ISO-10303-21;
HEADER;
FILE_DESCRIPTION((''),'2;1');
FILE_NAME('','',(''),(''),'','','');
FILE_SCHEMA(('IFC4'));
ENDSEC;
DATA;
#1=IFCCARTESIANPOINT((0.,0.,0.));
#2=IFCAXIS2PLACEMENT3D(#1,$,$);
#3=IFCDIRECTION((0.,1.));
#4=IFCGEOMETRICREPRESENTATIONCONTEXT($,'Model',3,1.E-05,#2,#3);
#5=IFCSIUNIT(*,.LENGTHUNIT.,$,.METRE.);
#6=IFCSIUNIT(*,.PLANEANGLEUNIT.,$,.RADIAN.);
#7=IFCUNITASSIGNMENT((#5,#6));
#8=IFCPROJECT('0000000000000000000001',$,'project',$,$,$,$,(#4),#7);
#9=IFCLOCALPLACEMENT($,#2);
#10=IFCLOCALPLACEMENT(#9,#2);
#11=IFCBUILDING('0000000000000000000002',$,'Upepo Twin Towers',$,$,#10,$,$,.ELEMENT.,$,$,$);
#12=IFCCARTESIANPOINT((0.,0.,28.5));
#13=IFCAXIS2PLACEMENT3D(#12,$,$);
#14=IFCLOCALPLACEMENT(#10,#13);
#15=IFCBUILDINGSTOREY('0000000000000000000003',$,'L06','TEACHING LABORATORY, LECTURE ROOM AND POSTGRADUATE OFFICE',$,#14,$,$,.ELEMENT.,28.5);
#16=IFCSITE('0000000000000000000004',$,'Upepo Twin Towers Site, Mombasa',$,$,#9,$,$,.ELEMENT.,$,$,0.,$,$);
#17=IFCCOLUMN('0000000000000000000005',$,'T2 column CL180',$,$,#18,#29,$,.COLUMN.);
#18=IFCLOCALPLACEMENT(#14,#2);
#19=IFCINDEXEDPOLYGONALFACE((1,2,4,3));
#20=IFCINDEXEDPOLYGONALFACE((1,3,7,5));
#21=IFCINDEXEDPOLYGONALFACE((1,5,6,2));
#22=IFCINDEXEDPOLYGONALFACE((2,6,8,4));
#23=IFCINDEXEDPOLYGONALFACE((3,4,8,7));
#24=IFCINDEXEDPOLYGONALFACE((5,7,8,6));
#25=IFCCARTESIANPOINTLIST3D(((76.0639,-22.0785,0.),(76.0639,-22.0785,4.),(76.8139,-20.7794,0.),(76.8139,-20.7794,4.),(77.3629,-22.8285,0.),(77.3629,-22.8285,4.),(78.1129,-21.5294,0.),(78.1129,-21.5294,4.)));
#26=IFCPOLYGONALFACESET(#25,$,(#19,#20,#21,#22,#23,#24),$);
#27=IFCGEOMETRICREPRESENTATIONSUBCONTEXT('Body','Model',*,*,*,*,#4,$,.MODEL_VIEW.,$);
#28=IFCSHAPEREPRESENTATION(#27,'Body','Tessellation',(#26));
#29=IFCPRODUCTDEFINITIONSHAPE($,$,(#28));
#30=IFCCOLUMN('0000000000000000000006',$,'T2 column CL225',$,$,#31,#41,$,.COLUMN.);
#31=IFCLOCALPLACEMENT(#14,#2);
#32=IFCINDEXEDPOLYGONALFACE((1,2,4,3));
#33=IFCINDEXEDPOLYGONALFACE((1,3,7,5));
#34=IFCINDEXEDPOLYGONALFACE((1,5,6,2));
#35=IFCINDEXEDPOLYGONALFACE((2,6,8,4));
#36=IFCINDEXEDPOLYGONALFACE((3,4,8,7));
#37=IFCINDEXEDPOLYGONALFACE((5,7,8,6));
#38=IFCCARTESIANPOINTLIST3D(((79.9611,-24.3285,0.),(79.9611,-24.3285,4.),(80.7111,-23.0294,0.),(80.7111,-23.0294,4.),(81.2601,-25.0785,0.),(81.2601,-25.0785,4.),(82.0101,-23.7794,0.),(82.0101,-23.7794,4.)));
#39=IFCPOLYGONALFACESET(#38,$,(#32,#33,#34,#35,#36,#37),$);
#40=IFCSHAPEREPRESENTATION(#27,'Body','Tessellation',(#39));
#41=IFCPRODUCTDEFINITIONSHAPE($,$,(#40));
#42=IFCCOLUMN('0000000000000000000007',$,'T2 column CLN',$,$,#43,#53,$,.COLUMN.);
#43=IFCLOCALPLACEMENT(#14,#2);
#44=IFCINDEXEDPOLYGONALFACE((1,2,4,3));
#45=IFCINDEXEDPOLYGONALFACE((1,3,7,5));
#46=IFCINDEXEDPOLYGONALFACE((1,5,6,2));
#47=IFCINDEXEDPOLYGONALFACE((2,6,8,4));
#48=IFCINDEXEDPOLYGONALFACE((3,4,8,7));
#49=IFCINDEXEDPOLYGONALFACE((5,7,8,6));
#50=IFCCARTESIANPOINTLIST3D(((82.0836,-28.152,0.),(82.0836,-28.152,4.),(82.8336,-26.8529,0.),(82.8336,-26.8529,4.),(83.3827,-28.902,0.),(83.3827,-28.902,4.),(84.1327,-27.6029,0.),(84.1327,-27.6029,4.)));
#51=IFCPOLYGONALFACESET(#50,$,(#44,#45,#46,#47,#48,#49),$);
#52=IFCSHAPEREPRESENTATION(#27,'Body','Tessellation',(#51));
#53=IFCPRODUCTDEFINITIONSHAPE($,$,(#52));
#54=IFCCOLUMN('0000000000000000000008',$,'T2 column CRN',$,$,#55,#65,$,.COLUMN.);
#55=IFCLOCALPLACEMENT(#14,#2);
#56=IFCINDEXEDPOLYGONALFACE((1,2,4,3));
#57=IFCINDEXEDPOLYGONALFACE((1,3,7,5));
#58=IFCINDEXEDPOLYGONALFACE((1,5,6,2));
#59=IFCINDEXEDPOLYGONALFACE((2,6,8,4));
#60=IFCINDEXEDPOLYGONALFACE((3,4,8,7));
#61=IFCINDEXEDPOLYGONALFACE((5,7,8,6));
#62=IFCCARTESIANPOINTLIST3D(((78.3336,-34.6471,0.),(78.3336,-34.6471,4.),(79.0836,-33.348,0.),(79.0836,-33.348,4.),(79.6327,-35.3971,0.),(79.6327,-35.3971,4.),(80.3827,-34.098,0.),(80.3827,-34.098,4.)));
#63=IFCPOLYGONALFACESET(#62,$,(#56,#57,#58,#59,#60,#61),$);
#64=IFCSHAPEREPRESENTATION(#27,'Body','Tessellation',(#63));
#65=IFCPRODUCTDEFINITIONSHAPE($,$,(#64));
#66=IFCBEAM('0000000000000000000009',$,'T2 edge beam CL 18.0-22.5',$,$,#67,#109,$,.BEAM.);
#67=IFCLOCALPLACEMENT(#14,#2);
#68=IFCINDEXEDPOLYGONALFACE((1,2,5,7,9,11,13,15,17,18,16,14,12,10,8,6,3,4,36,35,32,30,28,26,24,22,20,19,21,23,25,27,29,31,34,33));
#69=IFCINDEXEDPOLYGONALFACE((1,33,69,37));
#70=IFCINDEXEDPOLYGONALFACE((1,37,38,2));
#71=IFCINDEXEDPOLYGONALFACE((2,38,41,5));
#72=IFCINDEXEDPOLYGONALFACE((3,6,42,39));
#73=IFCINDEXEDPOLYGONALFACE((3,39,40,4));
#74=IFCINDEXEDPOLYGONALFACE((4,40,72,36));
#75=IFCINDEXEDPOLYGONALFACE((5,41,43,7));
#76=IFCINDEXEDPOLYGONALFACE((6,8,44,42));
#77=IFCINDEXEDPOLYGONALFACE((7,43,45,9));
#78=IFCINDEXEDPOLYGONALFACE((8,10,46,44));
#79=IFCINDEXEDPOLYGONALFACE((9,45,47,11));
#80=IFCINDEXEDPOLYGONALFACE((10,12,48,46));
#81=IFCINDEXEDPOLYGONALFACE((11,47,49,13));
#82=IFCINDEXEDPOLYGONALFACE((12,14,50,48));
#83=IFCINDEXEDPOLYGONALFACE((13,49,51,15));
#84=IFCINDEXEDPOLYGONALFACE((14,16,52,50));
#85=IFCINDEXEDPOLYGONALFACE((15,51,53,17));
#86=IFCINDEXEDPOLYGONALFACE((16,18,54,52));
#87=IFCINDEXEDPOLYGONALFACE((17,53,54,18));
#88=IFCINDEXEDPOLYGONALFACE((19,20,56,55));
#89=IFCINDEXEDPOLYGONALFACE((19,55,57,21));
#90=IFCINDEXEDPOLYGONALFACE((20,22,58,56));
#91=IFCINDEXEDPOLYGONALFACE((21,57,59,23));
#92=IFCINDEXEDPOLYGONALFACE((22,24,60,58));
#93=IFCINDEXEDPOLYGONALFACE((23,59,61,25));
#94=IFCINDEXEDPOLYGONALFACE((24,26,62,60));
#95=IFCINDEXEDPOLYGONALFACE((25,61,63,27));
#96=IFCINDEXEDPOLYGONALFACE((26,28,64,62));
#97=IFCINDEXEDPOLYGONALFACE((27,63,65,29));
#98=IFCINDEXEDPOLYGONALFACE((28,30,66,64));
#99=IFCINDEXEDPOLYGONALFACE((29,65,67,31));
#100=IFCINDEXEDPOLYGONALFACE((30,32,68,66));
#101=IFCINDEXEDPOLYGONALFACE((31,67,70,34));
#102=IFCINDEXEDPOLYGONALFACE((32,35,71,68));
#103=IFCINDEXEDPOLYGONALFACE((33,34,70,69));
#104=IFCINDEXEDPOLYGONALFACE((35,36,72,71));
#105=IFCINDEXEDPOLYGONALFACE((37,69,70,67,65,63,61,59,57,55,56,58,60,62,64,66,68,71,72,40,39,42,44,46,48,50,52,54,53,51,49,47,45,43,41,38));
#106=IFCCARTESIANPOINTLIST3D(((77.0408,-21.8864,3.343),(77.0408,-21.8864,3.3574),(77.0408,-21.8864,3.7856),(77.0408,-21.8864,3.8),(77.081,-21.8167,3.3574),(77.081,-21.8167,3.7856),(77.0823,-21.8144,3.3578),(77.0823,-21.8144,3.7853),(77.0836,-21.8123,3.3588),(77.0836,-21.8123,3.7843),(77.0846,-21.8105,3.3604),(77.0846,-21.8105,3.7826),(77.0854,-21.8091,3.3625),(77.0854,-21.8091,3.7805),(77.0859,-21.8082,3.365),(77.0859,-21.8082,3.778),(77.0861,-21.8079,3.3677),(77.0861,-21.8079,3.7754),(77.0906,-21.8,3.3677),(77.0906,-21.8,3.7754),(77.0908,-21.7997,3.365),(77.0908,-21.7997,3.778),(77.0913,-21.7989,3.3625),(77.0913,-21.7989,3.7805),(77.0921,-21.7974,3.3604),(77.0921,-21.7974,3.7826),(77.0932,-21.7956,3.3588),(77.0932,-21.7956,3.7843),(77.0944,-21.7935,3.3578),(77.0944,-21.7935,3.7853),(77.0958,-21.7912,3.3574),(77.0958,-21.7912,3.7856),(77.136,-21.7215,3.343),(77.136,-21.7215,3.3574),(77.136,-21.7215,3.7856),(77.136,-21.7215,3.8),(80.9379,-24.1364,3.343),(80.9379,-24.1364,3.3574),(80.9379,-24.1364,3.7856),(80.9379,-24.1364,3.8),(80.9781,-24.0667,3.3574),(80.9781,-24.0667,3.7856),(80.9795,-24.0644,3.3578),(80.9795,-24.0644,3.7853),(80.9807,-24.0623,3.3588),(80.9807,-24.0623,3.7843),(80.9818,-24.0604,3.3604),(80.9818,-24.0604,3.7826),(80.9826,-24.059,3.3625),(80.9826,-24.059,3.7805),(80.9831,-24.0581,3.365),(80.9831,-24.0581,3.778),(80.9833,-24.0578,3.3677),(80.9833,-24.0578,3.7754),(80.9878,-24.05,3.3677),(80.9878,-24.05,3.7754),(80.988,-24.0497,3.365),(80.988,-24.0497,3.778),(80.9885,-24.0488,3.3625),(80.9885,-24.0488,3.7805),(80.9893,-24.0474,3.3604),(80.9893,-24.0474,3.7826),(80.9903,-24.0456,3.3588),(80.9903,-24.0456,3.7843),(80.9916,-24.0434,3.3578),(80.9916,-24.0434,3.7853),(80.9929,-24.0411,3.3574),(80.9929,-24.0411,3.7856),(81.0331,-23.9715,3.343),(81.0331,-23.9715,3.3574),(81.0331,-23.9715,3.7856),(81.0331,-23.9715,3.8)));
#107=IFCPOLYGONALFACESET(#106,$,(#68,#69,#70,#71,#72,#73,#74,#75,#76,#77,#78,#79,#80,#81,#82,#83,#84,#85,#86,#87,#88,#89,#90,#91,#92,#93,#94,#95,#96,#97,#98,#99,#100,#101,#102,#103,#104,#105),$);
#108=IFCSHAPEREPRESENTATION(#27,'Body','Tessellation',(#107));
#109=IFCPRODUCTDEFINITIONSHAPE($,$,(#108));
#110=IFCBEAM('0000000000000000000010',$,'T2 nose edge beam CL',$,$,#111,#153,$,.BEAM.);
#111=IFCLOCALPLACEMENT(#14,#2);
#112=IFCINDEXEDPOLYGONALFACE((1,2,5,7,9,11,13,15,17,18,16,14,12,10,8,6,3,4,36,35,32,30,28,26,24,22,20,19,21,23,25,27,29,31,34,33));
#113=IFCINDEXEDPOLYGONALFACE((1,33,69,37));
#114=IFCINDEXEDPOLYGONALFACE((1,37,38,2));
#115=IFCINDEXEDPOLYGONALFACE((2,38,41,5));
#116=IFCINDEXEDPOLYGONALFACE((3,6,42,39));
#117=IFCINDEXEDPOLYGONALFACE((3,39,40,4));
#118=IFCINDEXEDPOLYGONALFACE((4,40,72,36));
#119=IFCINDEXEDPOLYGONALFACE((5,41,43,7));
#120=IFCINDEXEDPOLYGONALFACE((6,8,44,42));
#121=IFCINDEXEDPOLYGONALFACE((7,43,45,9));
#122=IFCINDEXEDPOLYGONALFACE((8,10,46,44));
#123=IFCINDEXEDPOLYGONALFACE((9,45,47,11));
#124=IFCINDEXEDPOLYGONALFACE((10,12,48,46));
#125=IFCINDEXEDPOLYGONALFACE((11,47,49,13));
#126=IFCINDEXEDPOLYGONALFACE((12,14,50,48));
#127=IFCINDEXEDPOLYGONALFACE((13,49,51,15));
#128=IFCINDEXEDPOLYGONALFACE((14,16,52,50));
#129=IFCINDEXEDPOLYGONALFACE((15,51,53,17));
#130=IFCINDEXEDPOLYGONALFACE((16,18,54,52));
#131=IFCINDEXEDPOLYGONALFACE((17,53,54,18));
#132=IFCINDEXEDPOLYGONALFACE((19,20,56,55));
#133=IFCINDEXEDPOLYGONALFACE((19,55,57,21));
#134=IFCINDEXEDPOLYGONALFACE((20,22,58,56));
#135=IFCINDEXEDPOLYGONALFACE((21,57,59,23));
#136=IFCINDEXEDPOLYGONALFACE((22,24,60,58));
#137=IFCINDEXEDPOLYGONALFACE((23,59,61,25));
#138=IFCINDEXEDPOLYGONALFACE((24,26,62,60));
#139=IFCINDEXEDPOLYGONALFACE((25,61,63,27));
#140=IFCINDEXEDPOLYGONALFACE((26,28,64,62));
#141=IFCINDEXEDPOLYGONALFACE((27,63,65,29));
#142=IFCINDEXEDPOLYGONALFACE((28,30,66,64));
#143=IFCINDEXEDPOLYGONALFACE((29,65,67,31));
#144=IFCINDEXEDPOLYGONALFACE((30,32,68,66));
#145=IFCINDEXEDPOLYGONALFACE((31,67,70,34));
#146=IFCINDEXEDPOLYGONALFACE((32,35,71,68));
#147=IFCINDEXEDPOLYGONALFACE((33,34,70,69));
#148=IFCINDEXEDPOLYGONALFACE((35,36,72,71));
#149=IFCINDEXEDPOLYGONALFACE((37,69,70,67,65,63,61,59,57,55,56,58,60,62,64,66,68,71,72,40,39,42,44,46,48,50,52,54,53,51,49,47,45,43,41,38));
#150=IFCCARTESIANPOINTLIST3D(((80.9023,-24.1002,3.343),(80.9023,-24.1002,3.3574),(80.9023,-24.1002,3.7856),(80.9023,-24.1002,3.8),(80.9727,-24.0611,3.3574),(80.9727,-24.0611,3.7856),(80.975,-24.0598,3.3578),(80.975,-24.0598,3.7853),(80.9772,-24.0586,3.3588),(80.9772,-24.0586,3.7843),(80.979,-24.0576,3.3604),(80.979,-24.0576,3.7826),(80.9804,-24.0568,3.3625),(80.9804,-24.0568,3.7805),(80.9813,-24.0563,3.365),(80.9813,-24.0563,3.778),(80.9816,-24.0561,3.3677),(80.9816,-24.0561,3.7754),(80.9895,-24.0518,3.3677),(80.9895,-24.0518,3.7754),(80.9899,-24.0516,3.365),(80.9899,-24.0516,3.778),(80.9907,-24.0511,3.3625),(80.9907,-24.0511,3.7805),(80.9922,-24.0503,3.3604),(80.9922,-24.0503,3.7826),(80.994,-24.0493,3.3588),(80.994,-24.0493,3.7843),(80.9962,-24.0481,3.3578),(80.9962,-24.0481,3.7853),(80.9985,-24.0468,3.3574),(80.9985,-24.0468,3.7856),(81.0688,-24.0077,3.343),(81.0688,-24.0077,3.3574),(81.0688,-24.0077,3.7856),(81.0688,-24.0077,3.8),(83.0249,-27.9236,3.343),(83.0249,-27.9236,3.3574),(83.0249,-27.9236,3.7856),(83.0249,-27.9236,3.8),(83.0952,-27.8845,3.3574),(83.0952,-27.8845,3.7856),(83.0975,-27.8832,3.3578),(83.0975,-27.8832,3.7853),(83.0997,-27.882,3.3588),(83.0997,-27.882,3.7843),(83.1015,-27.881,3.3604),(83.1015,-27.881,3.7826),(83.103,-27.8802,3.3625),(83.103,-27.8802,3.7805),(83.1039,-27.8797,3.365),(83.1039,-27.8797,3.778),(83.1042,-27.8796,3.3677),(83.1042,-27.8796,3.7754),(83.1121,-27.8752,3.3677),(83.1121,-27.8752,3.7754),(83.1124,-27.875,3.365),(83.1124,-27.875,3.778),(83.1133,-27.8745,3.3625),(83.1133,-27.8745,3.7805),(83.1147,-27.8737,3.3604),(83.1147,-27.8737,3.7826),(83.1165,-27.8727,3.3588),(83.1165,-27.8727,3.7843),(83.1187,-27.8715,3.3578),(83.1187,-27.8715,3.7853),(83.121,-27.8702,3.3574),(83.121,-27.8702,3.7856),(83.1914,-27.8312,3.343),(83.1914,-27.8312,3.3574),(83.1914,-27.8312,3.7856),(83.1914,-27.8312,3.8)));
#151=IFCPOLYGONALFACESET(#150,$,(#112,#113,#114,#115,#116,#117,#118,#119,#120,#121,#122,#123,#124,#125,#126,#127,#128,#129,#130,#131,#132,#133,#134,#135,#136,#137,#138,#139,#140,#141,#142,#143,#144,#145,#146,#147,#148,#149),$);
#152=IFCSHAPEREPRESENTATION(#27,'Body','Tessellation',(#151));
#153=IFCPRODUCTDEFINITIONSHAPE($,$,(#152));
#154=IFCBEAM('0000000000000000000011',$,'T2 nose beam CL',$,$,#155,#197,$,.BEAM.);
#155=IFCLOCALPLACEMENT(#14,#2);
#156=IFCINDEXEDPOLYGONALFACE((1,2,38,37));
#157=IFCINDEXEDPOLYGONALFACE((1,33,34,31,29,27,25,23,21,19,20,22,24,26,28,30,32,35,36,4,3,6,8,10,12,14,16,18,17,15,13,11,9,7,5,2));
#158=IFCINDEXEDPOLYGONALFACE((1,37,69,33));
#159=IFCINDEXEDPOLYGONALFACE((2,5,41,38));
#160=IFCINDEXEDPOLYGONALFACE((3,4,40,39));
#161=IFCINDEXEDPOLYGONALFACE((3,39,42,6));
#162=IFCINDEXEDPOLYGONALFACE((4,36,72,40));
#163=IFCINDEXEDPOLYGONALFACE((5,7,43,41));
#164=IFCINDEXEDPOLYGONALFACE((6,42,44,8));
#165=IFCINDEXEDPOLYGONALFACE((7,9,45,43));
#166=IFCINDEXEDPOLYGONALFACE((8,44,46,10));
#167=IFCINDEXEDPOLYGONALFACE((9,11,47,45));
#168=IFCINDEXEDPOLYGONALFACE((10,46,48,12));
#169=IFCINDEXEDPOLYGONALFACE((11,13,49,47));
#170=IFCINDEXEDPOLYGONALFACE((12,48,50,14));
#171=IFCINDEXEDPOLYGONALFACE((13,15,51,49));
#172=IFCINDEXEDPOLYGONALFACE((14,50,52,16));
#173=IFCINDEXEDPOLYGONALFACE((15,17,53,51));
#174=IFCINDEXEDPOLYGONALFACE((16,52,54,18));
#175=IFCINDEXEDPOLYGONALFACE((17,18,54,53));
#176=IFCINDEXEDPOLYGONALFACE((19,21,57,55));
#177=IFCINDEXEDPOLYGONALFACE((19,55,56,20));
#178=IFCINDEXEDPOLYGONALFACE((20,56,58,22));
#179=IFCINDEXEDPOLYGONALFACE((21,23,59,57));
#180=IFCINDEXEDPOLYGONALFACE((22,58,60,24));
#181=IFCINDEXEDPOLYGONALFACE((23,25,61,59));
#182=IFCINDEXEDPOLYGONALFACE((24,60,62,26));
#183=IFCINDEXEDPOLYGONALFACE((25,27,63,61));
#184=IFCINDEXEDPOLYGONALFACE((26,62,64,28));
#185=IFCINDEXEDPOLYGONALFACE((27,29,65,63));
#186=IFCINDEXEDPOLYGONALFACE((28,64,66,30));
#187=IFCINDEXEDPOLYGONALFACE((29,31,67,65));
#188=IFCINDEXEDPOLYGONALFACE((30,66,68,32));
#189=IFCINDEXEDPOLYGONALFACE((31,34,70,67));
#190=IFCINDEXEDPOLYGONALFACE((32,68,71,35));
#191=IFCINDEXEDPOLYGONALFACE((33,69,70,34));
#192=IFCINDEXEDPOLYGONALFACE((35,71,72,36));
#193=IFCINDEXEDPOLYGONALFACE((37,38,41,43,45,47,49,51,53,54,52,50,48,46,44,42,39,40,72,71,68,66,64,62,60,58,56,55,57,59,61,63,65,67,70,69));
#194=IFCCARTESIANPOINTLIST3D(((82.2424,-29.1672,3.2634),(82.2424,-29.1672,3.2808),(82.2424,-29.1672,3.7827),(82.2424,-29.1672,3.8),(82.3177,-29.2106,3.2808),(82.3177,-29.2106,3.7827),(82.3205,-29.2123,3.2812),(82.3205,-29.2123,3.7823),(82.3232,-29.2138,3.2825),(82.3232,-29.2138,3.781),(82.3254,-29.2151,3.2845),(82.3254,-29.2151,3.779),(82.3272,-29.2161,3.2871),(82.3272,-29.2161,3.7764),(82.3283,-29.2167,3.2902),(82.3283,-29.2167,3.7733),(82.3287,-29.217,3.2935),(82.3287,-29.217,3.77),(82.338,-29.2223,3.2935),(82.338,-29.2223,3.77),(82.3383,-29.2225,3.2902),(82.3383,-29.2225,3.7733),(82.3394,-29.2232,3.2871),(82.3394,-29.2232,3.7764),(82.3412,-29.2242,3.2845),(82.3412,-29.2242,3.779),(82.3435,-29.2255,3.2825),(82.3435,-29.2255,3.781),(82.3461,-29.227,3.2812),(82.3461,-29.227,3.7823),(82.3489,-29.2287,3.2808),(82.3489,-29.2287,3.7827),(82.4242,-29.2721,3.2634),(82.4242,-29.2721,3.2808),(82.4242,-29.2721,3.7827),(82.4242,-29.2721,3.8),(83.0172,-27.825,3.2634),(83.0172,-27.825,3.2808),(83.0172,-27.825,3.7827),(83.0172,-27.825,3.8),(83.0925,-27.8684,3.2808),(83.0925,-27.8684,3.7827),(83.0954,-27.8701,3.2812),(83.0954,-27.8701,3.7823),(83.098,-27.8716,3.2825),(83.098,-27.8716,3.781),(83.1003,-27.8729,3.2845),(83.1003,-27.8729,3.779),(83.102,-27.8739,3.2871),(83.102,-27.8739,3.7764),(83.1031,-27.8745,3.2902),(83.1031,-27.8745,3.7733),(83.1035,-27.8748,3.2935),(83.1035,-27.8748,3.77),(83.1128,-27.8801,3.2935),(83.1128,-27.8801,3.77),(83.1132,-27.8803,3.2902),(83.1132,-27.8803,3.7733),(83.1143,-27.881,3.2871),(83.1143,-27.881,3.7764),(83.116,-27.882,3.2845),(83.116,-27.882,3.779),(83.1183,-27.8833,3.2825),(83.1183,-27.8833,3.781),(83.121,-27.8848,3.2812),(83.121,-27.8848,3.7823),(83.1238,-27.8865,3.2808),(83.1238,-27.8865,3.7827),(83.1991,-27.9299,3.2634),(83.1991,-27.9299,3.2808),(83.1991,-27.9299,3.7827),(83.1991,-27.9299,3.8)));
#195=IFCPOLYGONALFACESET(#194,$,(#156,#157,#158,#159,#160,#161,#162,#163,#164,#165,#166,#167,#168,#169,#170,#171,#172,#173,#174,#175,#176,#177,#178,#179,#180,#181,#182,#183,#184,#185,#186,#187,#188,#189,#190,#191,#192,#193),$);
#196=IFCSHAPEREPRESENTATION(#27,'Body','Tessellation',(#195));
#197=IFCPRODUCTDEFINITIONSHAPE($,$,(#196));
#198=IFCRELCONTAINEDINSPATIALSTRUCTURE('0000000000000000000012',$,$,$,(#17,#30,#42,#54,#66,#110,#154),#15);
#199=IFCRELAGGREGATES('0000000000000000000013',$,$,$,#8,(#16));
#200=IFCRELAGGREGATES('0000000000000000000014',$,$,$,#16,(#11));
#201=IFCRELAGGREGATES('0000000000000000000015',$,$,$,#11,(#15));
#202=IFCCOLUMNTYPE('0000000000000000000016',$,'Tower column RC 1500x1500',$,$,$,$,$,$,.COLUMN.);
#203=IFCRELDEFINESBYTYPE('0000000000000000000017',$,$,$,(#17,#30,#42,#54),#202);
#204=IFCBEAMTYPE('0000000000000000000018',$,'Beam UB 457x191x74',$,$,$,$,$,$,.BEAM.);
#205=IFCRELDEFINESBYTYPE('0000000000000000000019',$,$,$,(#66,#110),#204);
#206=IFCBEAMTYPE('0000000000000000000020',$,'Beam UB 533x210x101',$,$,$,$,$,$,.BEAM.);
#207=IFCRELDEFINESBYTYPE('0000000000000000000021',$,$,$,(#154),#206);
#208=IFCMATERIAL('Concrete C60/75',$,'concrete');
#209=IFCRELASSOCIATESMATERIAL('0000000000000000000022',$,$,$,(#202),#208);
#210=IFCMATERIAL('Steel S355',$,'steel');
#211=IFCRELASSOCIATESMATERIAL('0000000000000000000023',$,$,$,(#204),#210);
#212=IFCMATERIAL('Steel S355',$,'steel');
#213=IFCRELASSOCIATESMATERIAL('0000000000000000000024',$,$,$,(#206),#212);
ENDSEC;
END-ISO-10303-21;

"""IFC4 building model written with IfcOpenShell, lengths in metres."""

from ifc_helpers import new_model, si_unit, direction, frame, origin, origin_2d, place, context, subcontext, project, spatial, rectangle, i_section, extrude, material, material_profile, profile_set, type_object, element, save


model = new_model("IFC4")

# Units and contexts
model_context = context("Model", 3, precision=1e-05, world=origin(), true_north=direction((0.0, 1.0)))
body_context = subcontext(model_context, "Body", "Model", "MODEL_VIEW")
ifc_project = project(units=[si_unit("LENGTHUNIT", "METRE"), si_unit("PLANEANGLEUNIT", "RADIAN")], contexts=[model_context])

# Site, building, storey
site_placement = place(None, origin())
site = spatial("IfcSite", under=ifc_project, at=site_placement, Name="Upepo Twin Towers Site, Mombasa", CompositionType="ELEMENT", RefElevation=0.0)
building_placement = place(site_placement, origin())
building = spatial("IfcBuilding", under=site, at=building_placement, Name="Upepo Twin Towers", CompositionType="ELEMENT")
storey_placement = place(building_placement, frame((0.0, 0.0, 28.5)))
storey = spatial("IfcBuildingStorey", under=building, at=storey_placement, Name="L06", Description="TEACHING LABORATORY, LECTURE ROOM AND POSTGRADUATE OFFICE", CompositionType="ELEMENT", Elevation=28.5)

# Columns
ifc_material_1 = material(Name="Concrete C60/75", Category="concrete")
ifc_material_profile_1 = material_profile(ifc_material_1, rectangle(XDim=1.5, YDim=1.5, at=origin_2d()), Name="RC 1500x1500")
ifc_profile_set_1 = profile_set([ifc_material_profile_1], Name="Concrete C60/75")
column_type = type_object("IfcColumnType", Name="Tower column RC 1500x1500", PredefinedType="COLUMN", material=ifc_profile_set_1)
for number, where, z_axis, x_axis, name in (
    (1, (77.0884, -21.804, 0.0), (0.0, 0.0, 1.0), (0.5, 0.866025, 0.0), "T2 column CL180"),
    (2, (80.9856, -24.054, 0.0), (0.0, 0.0, 1.0), (0.5, 0.866025, 0.0), "T2 column CL225"),
    (3, (83.1082, -27.8774, 0.0), (0.0, 0.0, 1.0), (0.5, 0.866025, 0.0), "T2 column CLN"),
    (4, (79.3582, -34.3726, 0.0), (0.0, 0.0, 1.0), (0.5, 0.866025, 0.0), "T2 column CRN"),
):
    element("IfcColumn", number, at=place(storey_placement, frame(where, z_axis=z_axis, x_axis=x_axis)), inside=storey, type_object=column_type, Name=name, PredefinedType="COLUMN", context=body_context, shape_type="SweptSolid", body=[
        extrude(rectangle(XDim=1.5, YDim=1.5, at=origin_2d()), origin(), (0.0, 0.0, 1.0), 4.0),
    ])

# Beams
ifc_material_2 = material(Name="Steel S355", Category="steel")
ifc_material_profile_2 = material_profile(ifc_material_2, i_section(OverallWidth=0.1904, OverallDepth=0.457, WebThickness=0.009, FlangeThickness=0.0144, FilletRadius=0.0103, at=origin_2d()), Name="UB 457x191x74")
ifc_profile_set_2 = profile_set([ifc_material_profile_2], Name="Steel S355")
beam_type_1 = type_object("IfcBeamType", Name="Beam UB 457x191x74", PredefinedType="BEAM", material=ifc_profile_set_2)
beam_1_placement = place(storey_placement, frame((77.0884, -21.804, 3.5715), z_axis=(0.866031, -0.49999, 0.0), x_axis=(0.49999, 0.866031, 0.0)))
element("IfcBeam", 5, at=beam_1_placement, inside=storey, type_object=beam_type_1, Name="T2 edge beam CL 18.0-22.5", PredefinedType="BEAM", context=body_context, shape_type="SweptSolid", body=[
    extrude(i_section(OverallWidth=0.1904, OverallDepth=0.457, WebThickness=0.009, FlangeThickness=0.0144, FilletRadius=0.0103, at=origin_2d()), origin(), (0.0, 0.0, 1.0), 4.5),
])
beam_2_placement = place(storey_placement, frame((80.9856, -24.054, 3.5715), z_axis=(0.485363, -0.874313, 0.0), x_axis=(0.874313, 0.485363, 0.0)))
element("IfcBeam", 6, at=beam_2_placement, inside=storey, type_object=beam_type_1, Name="T2 nose edge beam CL", PredefinedType="BEAM", context=body_context, shape_type="SweptSolid", body=[
    extrude(i_section(OverallWidth=0.1904, OverallDepth=0.457, WebThickness=0.009, FlangeThickness=0.0144, FilletRadius=0.0103, at=origin_2d()), origin(), (0.0, 0.0, 1.0), 4.373),
])
ifc_material_3 = material(Name="Steel S355", Category="steel")
ifc_material_profile_3 = material_profile(ifc_material_3, i_section(OverallWidth=0.21, OverallDepth=0.5366, WebThickness=0.0107, FlangeThickness=0.0173, FilletRadius=0.0127, at=origin_2d()), Name="UB 533x210x101")
ifc_profile_set_3 = profile_set([ifc_material_profile_3], Name="Steel S355")
beam_type_2 = type_object("IfcBeamType", Name="Beam UB 533x210x101", PredefinedType="BEAM", material=ifc_profile_set_3)
for number, where, z_axis, x_axis, name in (
    (7, (83.1082, -27.8774, 3.5317), (-0.499968, -0.866044, 0.0), (0.866044, -0.499968, 0.0), "T2 nose beam CL"),
):
    element("IfcBeam", number, at=place(storey_placement, frame(where, z_axis=z_axis, x_axis=x_axis)), inside=storey, type_object=beam_type_2, Name=name, PredefinedType="BEAM", context=body_context, shape_type="SweptSolid", body=[
        extrude(i_section(OverallWidth=0.21, OverallDepth=0.5366, WebThickness=0.0107, FlangeThickness=0.0173, FilletRadius=0.0127, at=origin_2d()), origin(), (0.0, 0.0, 1.0), 1.5498),
    ])

save(model, "model.ifc")
